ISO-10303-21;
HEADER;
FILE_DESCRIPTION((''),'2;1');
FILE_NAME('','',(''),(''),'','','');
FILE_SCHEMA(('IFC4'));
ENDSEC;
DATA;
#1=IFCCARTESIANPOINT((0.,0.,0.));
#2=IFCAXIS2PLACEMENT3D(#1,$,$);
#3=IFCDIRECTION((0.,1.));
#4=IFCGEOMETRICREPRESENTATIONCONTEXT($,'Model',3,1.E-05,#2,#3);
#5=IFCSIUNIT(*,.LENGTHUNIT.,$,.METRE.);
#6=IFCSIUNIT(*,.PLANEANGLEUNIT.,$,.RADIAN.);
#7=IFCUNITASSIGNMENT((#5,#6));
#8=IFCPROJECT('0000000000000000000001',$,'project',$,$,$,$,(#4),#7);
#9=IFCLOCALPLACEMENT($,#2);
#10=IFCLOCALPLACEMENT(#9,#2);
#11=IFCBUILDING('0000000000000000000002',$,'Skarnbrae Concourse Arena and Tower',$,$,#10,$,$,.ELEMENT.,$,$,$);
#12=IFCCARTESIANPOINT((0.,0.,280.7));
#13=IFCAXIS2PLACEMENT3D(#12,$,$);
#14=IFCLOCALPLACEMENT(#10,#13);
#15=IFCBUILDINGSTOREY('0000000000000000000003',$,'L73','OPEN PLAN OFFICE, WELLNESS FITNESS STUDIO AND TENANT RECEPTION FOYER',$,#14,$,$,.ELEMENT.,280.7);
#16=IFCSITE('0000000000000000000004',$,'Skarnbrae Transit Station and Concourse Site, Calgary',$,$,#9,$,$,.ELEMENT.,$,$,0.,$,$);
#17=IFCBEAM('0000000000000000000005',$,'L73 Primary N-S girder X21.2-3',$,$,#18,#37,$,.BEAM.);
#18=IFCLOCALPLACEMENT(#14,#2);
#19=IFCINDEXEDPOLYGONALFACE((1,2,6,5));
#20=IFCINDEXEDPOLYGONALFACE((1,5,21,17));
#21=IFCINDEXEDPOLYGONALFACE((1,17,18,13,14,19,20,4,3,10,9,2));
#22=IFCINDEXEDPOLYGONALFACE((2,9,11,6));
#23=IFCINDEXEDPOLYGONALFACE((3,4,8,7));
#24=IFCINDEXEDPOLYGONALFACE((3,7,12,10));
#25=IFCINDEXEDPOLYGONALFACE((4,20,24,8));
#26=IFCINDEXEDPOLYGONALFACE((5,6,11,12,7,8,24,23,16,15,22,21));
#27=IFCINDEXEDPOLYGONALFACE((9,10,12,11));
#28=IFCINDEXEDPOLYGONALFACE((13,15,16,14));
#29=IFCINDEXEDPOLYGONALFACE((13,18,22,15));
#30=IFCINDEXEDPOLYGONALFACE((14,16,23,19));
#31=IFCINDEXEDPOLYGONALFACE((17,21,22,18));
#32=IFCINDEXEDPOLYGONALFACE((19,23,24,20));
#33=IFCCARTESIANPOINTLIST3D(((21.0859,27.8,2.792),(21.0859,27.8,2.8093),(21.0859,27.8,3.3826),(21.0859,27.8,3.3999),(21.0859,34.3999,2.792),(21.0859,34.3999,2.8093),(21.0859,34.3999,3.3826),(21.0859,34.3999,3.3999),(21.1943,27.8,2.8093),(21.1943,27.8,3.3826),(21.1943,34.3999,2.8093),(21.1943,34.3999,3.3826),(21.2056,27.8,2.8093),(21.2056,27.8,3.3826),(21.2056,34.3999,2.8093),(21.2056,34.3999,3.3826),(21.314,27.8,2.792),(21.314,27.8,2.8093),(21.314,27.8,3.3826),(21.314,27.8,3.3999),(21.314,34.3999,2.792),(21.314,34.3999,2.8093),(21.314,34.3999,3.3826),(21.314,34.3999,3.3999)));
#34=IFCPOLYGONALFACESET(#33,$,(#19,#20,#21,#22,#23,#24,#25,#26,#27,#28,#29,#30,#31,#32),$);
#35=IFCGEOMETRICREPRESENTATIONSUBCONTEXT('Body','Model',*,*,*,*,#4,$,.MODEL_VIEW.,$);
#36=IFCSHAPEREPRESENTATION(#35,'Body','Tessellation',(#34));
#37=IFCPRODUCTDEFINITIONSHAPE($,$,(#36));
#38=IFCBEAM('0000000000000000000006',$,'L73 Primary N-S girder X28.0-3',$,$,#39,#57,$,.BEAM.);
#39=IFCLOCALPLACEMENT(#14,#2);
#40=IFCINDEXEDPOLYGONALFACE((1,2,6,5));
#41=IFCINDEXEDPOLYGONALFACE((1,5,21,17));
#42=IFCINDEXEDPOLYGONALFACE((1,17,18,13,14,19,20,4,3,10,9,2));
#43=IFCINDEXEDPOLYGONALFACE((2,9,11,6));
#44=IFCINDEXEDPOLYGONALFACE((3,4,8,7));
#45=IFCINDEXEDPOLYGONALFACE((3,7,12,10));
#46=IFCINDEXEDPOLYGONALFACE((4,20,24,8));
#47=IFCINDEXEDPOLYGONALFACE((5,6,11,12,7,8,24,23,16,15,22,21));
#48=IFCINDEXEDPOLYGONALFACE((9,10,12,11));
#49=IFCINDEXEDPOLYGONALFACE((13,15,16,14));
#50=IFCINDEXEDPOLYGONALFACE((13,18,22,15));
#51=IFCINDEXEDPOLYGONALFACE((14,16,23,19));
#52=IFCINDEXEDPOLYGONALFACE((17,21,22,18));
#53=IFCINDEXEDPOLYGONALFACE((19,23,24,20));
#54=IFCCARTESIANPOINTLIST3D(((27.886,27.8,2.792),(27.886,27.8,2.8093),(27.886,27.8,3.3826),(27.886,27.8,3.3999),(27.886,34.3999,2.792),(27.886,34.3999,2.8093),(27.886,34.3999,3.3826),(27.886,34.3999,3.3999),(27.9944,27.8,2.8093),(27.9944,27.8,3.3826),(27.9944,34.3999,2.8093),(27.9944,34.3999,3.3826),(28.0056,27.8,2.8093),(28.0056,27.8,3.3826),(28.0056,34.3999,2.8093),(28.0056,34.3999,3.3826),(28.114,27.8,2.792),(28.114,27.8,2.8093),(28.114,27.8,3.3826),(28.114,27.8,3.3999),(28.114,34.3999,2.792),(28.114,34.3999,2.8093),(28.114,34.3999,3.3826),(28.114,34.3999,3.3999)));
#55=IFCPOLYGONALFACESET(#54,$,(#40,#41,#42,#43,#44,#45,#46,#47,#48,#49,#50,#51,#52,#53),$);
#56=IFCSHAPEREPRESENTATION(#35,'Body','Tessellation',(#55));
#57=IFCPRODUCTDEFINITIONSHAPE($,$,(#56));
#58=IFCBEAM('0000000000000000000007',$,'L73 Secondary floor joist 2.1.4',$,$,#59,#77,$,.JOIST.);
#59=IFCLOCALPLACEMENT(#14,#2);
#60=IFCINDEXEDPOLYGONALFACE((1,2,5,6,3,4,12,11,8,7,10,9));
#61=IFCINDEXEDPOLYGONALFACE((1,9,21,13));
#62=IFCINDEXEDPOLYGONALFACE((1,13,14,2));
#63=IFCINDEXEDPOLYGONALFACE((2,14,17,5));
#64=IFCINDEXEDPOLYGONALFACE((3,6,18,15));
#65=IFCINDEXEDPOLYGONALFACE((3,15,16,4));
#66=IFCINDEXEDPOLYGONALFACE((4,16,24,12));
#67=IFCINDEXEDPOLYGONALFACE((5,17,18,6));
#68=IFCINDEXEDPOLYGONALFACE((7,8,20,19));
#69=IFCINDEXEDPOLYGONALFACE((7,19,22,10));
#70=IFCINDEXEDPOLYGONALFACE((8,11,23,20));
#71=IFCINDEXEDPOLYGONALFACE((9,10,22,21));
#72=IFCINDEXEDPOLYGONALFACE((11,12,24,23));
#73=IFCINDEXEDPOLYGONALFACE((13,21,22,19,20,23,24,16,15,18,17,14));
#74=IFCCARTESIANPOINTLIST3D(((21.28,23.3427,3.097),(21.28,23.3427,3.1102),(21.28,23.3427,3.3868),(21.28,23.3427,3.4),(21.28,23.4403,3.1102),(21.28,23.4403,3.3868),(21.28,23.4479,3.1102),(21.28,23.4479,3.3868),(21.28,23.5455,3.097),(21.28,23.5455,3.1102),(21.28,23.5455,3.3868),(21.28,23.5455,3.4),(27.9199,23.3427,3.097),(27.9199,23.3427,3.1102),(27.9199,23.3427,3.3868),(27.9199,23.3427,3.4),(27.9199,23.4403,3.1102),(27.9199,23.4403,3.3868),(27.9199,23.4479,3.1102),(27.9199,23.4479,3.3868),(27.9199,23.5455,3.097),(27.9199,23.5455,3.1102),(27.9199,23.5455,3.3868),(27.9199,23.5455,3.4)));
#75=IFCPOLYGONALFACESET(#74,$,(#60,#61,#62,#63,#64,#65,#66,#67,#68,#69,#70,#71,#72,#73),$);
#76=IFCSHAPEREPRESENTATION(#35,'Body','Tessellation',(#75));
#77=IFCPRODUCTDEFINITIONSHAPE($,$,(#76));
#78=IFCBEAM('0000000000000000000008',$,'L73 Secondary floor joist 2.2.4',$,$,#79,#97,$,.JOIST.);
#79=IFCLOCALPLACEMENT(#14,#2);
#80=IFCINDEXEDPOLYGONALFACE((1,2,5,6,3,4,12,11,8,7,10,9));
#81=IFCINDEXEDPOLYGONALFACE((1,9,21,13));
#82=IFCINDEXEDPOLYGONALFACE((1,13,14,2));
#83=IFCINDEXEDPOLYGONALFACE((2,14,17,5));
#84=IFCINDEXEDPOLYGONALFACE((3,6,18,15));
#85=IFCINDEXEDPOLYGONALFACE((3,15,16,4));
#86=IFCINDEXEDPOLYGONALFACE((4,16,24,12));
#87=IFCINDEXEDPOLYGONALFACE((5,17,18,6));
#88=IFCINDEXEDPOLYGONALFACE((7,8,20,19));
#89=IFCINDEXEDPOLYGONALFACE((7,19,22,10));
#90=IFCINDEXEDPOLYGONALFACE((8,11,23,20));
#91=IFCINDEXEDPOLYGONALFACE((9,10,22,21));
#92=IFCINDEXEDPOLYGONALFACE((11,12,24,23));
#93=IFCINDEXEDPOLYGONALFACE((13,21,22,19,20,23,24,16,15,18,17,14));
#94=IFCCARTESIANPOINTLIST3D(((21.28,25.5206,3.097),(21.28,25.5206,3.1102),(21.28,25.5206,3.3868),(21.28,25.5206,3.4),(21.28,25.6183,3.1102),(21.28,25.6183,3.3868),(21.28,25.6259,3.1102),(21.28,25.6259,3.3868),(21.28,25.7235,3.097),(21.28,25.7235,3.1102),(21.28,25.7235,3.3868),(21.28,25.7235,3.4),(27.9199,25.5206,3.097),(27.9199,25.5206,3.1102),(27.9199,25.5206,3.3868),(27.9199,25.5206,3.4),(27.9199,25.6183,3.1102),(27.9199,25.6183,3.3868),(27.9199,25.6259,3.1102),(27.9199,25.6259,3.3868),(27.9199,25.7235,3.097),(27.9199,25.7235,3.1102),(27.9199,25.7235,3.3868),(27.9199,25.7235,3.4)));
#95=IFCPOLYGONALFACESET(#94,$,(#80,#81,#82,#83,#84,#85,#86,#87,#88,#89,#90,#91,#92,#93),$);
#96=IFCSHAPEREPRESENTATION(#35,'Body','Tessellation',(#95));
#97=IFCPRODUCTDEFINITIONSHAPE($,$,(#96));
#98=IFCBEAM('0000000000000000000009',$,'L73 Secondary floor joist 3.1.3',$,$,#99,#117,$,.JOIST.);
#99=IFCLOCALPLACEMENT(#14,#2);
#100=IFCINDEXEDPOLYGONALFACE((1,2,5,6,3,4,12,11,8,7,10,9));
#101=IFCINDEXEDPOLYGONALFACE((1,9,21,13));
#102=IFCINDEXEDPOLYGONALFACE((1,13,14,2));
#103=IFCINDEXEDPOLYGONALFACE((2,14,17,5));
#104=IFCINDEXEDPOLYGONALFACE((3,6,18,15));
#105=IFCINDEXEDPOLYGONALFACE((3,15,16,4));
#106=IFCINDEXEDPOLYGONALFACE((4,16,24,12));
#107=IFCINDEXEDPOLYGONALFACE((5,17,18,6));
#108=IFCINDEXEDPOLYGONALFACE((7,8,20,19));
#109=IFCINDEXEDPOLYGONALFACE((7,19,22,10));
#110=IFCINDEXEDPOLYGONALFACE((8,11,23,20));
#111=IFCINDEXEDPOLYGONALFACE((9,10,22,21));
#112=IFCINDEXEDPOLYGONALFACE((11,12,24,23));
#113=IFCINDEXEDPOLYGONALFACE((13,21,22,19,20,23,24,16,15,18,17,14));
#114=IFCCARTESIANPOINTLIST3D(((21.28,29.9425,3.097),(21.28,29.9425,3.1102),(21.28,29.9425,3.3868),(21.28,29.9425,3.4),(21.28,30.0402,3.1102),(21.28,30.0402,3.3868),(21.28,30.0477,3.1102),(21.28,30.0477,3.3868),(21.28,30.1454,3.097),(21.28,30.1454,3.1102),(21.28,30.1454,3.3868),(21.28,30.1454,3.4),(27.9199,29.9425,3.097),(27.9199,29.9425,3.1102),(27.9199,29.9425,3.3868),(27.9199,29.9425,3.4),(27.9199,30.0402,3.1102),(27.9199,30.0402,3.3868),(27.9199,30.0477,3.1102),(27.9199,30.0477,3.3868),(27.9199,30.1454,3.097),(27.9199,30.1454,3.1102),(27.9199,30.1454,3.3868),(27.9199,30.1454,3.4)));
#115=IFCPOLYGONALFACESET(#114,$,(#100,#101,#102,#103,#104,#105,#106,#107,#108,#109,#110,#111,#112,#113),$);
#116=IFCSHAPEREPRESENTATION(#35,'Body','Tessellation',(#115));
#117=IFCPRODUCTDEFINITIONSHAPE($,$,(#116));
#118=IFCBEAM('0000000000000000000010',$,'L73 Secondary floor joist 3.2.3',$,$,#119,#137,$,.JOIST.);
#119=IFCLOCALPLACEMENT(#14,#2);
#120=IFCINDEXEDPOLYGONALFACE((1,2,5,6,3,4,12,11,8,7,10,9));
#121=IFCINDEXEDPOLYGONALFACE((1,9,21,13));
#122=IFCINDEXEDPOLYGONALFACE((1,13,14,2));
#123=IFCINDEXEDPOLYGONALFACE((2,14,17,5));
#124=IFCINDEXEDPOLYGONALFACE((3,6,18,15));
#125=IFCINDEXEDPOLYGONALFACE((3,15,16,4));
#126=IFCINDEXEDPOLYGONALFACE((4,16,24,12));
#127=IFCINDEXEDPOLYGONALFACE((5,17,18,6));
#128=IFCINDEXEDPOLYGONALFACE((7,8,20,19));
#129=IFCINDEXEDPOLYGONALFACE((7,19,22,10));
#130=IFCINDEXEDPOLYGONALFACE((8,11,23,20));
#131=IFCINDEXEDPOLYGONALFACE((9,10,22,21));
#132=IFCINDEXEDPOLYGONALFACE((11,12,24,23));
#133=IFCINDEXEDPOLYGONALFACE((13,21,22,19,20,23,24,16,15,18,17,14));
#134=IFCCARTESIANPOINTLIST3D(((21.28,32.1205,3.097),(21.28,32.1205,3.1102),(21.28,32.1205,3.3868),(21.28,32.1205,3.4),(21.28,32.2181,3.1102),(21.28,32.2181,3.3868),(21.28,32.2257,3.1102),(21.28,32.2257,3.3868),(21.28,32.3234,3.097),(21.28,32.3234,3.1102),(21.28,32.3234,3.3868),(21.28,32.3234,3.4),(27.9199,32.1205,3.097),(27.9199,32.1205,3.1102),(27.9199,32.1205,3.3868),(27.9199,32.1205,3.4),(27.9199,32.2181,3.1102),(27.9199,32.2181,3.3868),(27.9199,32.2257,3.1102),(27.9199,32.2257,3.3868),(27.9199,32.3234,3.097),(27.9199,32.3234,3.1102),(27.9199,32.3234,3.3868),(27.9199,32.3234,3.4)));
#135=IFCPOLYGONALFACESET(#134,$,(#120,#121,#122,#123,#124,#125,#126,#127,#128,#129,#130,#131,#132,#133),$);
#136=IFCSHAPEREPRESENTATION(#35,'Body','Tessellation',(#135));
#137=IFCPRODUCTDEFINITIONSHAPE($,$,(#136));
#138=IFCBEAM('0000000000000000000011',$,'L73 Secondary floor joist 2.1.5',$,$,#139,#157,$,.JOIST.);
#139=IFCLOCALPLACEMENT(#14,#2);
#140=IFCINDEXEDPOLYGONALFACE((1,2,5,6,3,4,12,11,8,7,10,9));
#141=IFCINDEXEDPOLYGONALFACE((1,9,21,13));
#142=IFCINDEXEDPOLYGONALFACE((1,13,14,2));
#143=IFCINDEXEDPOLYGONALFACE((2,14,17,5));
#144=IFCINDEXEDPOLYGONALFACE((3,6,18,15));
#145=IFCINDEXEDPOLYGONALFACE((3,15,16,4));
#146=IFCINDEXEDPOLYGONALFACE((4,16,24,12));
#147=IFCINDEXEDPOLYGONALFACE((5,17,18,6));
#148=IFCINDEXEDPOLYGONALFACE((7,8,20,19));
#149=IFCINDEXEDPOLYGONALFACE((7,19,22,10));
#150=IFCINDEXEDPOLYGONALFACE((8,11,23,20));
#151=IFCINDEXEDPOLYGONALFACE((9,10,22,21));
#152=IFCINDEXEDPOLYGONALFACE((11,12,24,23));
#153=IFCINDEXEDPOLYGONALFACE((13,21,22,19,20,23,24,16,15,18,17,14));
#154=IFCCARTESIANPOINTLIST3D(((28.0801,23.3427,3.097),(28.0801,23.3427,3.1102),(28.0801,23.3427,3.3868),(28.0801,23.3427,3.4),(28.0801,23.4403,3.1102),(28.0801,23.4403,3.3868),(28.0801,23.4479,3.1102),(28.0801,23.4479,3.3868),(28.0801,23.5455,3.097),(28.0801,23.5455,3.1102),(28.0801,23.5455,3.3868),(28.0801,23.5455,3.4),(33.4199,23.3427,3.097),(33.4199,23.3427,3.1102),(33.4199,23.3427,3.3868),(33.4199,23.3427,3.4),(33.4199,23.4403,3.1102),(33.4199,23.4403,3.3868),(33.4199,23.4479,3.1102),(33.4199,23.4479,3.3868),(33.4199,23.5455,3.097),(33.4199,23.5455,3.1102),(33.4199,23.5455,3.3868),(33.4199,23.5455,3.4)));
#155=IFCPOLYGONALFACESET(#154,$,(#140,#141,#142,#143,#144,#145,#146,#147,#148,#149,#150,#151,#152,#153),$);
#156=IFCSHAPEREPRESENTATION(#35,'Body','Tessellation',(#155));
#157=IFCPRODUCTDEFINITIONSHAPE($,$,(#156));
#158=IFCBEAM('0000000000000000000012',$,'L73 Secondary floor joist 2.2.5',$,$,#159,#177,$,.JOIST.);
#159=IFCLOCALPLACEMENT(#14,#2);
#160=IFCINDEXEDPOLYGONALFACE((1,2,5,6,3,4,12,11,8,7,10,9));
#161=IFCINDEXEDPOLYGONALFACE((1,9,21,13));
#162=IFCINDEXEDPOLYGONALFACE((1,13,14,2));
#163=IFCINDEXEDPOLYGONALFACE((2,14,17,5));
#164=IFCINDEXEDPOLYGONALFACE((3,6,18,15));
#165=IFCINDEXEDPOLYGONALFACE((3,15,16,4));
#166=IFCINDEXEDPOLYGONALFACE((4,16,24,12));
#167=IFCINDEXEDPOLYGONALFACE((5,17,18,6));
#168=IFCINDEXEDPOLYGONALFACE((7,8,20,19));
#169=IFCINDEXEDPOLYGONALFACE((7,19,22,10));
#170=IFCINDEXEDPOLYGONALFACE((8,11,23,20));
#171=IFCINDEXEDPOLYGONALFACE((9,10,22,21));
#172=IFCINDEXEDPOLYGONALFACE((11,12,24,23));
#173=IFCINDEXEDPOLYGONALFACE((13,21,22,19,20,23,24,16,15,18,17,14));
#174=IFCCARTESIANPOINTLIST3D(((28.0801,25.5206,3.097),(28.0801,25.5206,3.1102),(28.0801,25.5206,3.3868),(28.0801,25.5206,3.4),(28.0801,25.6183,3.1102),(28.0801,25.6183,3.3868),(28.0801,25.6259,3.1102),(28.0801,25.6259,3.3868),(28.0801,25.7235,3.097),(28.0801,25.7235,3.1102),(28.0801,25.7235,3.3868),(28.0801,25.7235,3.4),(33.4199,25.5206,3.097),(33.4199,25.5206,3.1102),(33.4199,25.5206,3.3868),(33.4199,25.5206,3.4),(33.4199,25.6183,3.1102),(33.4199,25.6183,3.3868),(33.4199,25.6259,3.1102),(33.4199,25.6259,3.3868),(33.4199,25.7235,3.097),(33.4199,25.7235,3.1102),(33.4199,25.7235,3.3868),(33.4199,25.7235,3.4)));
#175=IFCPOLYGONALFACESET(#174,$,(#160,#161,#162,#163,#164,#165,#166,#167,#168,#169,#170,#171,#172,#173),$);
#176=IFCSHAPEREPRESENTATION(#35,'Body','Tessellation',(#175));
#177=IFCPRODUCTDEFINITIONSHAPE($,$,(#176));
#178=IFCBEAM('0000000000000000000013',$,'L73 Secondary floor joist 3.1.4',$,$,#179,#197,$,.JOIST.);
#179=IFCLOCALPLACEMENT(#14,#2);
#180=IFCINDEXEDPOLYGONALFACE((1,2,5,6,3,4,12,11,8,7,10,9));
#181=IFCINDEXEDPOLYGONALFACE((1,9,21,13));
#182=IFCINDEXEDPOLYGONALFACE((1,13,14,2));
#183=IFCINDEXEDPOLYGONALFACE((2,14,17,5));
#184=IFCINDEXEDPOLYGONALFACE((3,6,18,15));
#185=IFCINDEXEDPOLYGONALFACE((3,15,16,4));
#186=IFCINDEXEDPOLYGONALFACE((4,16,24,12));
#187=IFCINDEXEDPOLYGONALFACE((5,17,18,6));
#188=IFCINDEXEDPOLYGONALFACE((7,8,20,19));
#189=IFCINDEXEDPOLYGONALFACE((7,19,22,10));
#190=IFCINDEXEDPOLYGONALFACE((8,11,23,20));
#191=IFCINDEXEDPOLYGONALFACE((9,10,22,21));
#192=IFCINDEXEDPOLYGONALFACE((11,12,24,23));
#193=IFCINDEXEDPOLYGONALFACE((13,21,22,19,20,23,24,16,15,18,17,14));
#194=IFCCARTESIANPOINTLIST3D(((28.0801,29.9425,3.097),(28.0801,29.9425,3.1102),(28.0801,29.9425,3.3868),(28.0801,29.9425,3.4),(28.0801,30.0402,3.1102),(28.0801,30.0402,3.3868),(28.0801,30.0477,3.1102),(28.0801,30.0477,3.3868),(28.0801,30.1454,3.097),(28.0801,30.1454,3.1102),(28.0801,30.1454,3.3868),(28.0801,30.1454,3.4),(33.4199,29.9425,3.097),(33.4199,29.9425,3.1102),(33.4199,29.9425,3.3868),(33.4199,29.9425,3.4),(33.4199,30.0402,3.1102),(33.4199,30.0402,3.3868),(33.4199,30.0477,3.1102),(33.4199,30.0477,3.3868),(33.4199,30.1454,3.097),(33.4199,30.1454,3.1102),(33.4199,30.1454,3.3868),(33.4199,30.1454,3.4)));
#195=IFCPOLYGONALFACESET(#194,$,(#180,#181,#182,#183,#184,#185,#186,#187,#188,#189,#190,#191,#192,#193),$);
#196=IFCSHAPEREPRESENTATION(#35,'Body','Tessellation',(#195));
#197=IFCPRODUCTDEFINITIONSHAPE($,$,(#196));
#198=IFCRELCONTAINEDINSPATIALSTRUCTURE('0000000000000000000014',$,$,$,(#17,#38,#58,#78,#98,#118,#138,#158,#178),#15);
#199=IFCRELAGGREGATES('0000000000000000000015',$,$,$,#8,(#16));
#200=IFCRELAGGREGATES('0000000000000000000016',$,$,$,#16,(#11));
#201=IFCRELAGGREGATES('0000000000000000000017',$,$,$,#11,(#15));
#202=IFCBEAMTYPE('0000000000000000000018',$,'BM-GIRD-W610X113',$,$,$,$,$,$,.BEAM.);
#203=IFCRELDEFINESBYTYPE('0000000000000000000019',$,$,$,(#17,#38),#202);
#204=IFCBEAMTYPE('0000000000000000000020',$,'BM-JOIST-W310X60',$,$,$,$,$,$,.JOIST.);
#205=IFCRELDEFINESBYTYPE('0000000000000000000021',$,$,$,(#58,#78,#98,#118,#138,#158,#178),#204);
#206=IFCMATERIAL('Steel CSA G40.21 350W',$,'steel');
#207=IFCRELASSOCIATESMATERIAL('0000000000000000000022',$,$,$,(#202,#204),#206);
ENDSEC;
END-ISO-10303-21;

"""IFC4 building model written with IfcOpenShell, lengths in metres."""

from ifc_helpers import new_model, si_unit, direction, frame, origin, origin_2d, place, context, subcontext, project, spatial, i_section, extrude, source, transform, mapped, material, material_profile, profile_set, type_object, element, save


model = new_model("IFC4")

# Units and contexts
model_context = context("Model", 3, precision=1e-05, world=origin(), true_north=direction((0.0, 1.0)))
body_context = subcontext(model_context, "Body", "Model", "MODEL_VIEW")
ifc_project = project(units=[si_unit("LENGTHUNIT", "METRE"), si_unit("PLANEANGLEUNIT", "RADIAN")], contexts=[model_context])

# Site, building, storey
site_placement = place(None, origin())
site = spatial("IfcSite", under=ifc_project, at=site_placement, Name="Skarnbrae Transit Station and Concourse Site, Calgary", CompositionType="ELEMENT", RefElevation=0.0)
building_placement = place(site_placement, origin())
building = spatial("IfcBuilding", under=site, at=building_placement, Name="Skarnbrae Concourse Arena and Tower", CompositionType="ELEMENT")
storey_placement = place(building_placement, frame((0.0, 0.0, 280.7)))
storey = spatial("IfcBuildingStorey", under=building, at=storey_placement, Name="L73", Description="OPEN PLAN OFFICE, WELLNESS FITNESS STUDIO AND TENANT RECEPTION FOYER", CompositionType="ELEMENT", Elevation=280.7)

# Shared definitions
ifc_material_1 = material(Name="Steel CSA G40.21 350W", Category="steel")

# Beams
ifc_material_profile_1 = material_profile(ifc_material_1, i_section(OverallWidth=0.228, OverallDepth=0.6079, WebThickness=0.0112, FlangeThickness=0.0173, at=origin_2d()), Name="W610X113")
ifc_profile_set_1 = profile_set([ifc_material_profile_1], Name="Steel CSA G40.21 350W")
beam_type_1 = type_object("IfcBeamType", Name="BM-GIRD-W610X113", PredefinedType="BEAM", material=ifc_profile_set_1)
shared_shape_1 = source(origin(), body_context, "Body", "SweptSolid", [
    extrude(i_section(OverallWidth=0.228, OverallDepth=0.6079, WebThickness=0.0112, FlangeThickness=0.0173, at=origin_2d()), origin(), (0.0, 0.0, 1.0), 6.5999),
])
for number, where, z_axis, x_axis, name in (
    (1, (21.2, 27.8, 3.0959), (0.0, 1.0, 0.0), (-1.0, 0.0, 0.0), "L73 Primary N-S girder X21.2-3"),
    (2, (28.0, 27.8, 3.0959), (0.0, 1.0, 0.0), (-1.0, 0.0, 0.0), "L73 Primary N-S girder X28.0-3"),
):
    element("IfcBeam", number, at=place(storey_placement, frame(where, z_axis=z_axis, x_axis=x_axis)), inside=storey, type_object=beam_type_1, Name=name, PredefinedType="BEAM", context=body_context, shape_type="MappedRepresentation", body=[
        mapped(shared_shape_1, transform((0.0, 0.0, 0.0))),
    ])
ifc_material_profile_2 = material_profile(ifc_material_1, i_section(OverallWidth=0.2029, OverallDepth=0.303, WebThickness=0.0076, FlangeThickness=0.0132, at=origin_2d()), Name="W310X60")
ifc_profile_set_2 = profile_set([ifc_material_profile_2], Name="Steel CSA G40.21 350W")
beam_type_2 = type_object("IfcBeamType", Name="BM-JOIST-W310X60", PredefinedType="JOIST", material=ifc_profile_set_2)
shared_shape_2 = source(origin(), body_context, "Body", "SweptSolid", [
    extrude(i_section(OverallWidth=0.2029, OverallDepth=0.303, WebThickness=0.0076, FlangeThickness=0.0132, at=origin_2d()), origin(), (0.0, 0.0, 1.0), 6.6399),
])
for number, where, z_axis, x_axis, name in (
    (3, (21.28, 23.4441, 3.2485), (1.0, 0.0, 0.0), (0.0, 1.0, 0.0), "L73 Secondary floor joist 2.1.4"),
    (4, (21.28, 25.6221, 3.2485), (1.0, 0.0, 0.0), (0.0, 1.0, 0.0), "L73 Secondary floor joist 2.2.4"),
    (5, (21.28, 30.0439, 3.2485), (1.0, 0.0, 0.0), (0.0, 1.0, 0.0), "L73 Secondary floor joist 3.1.3"),
    (6, (21.28, 32.2219, 3.2485), (1.0, 0.0, 0.0), (0.0, 1.0, 0.0), "L73 Secondary floor joist 3.2.3"),
):
    element("IfcBeam", number, at=place(storey_placement, frame(where, z_axis=z_axis, x_axis=x_axis)), inside=storey, type_object=beam_type_2, Name=name, PredefinedType="JOIST", context=body_context, shape_type="MappedRepresentation", body=[
        mapped(shared_shape_2, transform((0.0, 0.0, 0.0))),
    ])
shared_shape_3 = source(origin(), body_context, "Body", "SweptSolid", [
    extrude(i_section(OverallWidth=0.2029, OverallDepth=0.303, WebThickness=0.0076, FlangeThickness=0.0132, at=origin_2d()), origin(), (0.0, 0.0, 1.0), 5.3398),
])
for number, where, z_axis, x_axis, name in (
    (7, (28.0801, 23.4441, 3.2485), (1.0, 0.0, 0.0), (0.0, 1.0, 0.0), "L73 Secondary floor joist 2.1.5"),
    (8, (28.0801, 25.6221, 3.2485), (1.0, 0.0, 0.0), (0.0, 1.0, 0.0), "L73 Secondary floor joist 2.2.5"),
    (9, (28.0801, 30.0439, 3.2485), (1.0, 0.0, 0.0), (0.0, 1.0, 0.0), "L73 Secondary floor joist 3.1.4"),
):
    element("IfcBeam", number, at=place(storey_placement, frame(where, z_axis=z_axis, x_axis=x_axis)), inside=storey, type_object=beam_type_2, Name=name, PredefinedType="JOIST", context=body_context, shape_type="MappedRepresentation", body=[
        mapped(shared_shape_3, transform((0.0, 0.0, 0.0))),
    ])

save(model, "model.ifc")
